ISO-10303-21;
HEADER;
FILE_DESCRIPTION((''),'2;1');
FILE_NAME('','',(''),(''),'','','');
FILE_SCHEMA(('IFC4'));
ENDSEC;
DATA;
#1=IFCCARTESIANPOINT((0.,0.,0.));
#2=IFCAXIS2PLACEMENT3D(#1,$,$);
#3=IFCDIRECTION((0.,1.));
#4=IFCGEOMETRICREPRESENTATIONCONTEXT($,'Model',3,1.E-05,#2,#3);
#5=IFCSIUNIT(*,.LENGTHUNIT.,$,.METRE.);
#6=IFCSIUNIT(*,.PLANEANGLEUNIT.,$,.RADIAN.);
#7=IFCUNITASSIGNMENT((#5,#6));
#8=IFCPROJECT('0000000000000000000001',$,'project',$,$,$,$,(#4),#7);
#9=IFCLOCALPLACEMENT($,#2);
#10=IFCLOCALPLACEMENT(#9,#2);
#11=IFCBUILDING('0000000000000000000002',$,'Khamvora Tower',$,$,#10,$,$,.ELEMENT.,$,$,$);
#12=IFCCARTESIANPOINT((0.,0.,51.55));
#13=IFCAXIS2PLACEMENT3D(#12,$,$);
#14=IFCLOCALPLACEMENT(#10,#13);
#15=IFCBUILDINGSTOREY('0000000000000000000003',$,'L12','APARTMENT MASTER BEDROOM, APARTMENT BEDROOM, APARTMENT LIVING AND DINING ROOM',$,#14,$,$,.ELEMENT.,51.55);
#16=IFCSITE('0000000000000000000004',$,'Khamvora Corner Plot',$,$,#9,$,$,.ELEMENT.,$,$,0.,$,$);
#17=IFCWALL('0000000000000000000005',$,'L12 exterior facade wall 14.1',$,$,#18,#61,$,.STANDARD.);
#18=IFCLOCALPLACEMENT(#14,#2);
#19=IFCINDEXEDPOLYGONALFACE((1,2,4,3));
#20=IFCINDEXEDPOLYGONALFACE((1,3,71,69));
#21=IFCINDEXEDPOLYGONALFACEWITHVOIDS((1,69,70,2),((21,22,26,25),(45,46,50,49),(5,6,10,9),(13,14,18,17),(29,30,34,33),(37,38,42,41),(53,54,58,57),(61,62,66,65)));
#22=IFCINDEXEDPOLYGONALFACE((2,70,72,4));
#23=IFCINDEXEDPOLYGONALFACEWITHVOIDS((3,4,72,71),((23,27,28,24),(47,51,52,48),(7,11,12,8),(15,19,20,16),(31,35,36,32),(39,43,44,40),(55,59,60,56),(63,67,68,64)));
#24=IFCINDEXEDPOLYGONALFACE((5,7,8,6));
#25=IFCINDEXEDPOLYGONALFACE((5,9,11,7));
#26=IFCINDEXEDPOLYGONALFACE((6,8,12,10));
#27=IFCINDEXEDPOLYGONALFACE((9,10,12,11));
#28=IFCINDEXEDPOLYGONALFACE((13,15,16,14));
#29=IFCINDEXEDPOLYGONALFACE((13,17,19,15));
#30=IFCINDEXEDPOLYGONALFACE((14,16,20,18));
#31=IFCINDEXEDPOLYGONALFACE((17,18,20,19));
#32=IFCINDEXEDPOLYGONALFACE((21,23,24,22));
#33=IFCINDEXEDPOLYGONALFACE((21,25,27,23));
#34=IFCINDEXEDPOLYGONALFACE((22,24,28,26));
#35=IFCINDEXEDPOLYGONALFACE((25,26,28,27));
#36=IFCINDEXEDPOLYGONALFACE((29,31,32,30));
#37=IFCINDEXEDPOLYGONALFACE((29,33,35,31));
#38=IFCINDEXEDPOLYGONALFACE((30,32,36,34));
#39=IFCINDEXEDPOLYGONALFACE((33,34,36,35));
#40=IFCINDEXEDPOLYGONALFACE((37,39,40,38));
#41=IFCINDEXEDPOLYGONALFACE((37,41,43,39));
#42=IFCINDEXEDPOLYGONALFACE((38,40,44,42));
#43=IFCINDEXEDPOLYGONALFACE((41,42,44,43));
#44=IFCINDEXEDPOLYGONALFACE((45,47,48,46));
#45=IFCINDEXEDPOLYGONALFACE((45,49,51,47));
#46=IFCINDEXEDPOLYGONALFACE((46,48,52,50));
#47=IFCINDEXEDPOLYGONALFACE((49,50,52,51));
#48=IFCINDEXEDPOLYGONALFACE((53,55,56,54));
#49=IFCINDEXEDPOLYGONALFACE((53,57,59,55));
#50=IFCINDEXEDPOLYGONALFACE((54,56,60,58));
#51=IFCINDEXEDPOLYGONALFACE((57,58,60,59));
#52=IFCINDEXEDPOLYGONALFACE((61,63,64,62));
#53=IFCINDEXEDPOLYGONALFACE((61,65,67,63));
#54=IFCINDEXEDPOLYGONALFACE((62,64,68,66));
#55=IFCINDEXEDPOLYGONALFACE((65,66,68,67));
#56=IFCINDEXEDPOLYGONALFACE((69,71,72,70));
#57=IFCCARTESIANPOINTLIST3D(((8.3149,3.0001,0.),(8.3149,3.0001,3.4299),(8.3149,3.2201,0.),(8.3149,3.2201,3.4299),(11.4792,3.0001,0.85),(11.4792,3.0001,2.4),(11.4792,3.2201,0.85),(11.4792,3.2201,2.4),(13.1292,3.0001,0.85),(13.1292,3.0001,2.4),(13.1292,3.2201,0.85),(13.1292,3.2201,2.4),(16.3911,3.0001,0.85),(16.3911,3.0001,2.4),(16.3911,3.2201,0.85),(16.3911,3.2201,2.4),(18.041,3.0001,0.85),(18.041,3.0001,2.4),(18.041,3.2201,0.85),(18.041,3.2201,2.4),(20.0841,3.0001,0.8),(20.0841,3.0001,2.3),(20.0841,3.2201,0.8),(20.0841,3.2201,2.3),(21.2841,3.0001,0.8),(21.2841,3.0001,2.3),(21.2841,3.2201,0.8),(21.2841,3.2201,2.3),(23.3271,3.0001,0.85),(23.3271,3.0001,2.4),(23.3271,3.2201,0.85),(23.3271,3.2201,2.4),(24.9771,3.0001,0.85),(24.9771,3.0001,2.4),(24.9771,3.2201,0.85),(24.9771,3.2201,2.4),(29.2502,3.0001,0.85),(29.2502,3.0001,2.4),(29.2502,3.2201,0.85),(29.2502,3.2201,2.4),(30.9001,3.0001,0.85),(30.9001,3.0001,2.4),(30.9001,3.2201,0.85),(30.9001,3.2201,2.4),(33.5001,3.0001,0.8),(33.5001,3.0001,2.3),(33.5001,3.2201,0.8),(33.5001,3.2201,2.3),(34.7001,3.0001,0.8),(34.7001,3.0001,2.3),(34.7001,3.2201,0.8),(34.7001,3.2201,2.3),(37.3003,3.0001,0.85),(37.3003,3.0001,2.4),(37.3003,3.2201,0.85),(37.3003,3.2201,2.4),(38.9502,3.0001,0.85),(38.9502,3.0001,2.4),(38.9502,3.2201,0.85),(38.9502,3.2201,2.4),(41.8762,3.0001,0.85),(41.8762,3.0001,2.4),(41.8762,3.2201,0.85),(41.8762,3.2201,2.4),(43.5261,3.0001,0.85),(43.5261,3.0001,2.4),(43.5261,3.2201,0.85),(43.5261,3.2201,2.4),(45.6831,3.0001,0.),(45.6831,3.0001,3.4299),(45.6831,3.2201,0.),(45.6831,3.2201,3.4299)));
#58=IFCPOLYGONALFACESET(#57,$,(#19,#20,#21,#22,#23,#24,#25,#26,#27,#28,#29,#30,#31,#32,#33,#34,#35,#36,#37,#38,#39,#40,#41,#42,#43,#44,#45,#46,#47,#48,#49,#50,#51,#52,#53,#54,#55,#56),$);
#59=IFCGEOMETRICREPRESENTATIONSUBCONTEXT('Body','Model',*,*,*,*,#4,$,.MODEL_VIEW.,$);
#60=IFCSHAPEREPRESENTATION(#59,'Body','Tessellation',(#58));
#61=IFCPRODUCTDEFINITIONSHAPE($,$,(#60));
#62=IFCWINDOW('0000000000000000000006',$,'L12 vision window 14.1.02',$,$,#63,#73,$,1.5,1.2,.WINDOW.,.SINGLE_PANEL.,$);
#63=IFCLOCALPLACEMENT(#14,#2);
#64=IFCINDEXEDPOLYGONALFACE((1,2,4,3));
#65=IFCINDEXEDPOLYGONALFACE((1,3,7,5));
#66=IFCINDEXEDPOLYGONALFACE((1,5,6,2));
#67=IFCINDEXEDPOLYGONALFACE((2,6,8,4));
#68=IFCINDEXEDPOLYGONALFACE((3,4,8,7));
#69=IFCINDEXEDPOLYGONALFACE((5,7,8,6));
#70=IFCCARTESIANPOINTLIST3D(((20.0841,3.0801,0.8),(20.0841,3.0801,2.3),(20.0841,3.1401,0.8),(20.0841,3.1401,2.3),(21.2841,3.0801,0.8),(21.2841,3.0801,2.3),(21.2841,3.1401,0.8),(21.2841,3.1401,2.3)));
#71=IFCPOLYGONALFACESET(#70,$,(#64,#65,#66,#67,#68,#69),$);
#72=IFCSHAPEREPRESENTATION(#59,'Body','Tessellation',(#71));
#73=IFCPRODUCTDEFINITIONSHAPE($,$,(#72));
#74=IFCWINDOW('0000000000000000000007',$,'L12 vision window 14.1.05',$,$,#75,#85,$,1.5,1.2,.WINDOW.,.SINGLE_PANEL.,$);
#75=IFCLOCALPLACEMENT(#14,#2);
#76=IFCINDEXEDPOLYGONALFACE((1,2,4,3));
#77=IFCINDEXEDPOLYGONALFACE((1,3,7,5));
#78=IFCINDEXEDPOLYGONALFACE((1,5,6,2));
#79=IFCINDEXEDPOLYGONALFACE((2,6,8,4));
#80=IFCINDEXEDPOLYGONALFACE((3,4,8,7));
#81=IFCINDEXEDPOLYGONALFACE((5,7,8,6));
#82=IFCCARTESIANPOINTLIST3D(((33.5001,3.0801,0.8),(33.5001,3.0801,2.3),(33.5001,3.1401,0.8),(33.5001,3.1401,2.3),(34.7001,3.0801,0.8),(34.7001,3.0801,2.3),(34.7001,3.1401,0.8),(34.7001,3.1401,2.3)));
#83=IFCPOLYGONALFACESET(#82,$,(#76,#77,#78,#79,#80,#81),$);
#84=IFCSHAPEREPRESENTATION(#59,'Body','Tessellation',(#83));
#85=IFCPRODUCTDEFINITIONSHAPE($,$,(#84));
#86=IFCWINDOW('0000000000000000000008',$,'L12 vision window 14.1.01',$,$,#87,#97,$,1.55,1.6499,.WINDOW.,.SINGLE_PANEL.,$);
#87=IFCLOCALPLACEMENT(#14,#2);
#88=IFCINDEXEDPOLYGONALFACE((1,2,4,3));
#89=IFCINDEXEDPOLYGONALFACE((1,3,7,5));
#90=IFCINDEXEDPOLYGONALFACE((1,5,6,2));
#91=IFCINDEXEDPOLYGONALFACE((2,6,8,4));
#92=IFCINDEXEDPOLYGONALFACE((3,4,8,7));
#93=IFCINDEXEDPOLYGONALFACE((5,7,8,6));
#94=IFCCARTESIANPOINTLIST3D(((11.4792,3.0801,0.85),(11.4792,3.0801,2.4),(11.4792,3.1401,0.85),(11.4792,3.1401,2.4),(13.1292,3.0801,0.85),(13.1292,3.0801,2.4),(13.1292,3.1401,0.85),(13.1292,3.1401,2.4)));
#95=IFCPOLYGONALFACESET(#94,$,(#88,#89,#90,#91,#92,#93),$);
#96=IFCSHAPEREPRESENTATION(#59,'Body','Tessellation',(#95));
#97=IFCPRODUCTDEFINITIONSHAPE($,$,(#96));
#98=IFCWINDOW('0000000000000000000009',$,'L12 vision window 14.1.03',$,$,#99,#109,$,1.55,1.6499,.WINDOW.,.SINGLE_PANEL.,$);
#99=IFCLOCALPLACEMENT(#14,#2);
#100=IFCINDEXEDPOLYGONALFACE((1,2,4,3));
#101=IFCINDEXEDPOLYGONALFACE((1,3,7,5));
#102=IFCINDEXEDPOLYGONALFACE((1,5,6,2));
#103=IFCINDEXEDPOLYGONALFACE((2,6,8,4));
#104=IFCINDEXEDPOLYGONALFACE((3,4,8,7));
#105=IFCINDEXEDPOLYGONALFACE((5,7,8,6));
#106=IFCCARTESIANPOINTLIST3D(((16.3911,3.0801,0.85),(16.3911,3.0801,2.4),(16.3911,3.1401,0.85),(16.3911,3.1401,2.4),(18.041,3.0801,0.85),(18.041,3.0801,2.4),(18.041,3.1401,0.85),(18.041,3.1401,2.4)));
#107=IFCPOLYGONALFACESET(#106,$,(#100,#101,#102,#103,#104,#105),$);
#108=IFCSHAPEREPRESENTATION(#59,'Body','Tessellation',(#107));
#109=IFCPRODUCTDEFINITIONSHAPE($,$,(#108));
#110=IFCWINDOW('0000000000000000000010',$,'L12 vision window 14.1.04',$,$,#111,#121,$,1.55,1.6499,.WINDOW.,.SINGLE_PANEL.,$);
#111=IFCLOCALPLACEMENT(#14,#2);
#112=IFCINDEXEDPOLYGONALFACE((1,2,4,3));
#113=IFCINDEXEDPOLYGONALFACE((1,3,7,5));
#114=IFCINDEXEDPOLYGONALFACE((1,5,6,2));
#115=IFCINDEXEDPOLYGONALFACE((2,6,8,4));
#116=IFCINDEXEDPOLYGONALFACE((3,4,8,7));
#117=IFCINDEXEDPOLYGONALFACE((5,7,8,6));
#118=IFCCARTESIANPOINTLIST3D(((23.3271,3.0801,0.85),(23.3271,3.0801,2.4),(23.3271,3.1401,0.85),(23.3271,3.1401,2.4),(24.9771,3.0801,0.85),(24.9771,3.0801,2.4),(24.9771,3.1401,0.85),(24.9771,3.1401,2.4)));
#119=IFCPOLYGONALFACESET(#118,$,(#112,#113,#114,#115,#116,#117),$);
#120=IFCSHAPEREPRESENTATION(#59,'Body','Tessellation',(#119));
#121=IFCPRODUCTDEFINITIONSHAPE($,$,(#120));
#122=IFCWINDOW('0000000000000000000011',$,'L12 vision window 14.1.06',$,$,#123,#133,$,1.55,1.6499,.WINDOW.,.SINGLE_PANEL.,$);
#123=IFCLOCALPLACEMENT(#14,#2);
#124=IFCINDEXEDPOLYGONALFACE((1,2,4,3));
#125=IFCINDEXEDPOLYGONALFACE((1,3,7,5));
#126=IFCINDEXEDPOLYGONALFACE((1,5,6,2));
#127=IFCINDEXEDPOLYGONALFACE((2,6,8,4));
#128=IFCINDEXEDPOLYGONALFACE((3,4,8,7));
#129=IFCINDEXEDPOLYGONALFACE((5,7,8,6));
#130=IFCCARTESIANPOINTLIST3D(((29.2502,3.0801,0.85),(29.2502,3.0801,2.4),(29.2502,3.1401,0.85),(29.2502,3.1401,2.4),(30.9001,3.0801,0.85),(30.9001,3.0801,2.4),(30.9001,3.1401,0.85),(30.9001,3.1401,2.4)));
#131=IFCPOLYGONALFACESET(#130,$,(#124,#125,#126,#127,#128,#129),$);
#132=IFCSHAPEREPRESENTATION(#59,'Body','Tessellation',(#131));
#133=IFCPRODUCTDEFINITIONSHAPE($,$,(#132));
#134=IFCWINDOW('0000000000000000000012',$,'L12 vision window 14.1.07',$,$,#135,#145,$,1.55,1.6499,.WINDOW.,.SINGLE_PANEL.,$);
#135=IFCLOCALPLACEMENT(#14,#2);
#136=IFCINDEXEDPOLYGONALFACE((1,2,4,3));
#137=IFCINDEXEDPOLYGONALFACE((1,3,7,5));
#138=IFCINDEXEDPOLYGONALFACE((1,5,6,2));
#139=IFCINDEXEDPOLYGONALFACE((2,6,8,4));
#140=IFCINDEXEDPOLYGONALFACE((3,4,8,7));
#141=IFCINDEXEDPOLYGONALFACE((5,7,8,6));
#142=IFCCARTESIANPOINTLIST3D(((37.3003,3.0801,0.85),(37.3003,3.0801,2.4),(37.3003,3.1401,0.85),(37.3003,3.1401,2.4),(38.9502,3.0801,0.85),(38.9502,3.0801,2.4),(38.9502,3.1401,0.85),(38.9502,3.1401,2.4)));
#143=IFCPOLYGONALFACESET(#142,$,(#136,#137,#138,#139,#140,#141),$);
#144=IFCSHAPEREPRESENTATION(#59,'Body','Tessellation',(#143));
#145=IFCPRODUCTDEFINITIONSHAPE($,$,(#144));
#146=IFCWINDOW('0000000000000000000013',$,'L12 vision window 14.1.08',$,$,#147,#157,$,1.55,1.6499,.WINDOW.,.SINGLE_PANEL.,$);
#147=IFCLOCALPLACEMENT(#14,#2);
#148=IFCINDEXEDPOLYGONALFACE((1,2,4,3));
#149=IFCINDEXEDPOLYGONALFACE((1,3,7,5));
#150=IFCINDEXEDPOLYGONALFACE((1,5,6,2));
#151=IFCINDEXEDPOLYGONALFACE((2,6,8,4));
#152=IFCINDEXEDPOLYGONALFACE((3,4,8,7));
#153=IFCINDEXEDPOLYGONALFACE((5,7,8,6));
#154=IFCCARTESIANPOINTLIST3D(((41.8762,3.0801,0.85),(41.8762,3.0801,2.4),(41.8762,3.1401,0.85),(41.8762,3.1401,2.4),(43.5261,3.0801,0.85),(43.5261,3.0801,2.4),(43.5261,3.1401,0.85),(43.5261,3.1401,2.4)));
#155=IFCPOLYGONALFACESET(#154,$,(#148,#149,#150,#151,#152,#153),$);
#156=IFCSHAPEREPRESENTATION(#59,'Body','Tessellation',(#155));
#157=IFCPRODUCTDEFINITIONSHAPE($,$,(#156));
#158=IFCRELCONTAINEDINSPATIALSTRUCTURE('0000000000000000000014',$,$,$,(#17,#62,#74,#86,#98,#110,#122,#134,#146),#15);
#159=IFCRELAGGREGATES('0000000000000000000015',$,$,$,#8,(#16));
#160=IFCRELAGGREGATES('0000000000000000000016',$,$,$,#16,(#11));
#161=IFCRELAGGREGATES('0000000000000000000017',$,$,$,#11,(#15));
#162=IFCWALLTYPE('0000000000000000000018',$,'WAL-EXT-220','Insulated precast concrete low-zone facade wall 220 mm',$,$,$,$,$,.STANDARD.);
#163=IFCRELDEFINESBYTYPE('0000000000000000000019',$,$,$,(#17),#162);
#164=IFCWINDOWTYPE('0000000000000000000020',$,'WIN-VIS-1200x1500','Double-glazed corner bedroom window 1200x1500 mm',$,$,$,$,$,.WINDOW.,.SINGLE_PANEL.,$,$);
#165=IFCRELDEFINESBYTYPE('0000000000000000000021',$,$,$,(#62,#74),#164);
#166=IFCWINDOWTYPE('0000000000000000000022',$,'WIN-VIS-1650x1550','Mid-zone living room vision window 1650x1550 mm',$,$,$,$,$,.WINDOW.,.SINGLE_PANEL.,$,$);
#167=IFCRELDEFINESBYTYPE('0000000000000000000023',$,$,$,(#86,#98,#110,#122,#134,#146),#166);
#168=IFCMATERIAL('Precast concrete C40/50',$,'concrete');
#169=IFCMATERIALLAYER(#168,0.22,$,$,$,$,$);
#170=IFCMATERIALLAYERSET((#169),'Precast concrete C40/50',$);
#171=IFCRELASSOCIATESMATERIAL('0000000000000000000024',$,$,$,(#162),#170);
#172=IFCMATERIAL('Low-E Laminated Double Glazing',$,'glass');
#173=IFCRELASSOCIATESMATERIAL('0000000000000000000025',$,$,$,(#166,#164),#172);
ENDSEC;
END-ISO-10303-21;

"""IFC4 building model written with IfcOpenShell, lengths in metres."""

from ifc_helpers import new_model, si_unit, direction, frame, frame_2d, origin, place, context, subcontext, project, spatial, rectangle, extrude, material, layer, layer_set, type_object, element, fill, save


model = new_model("IFC4")

# Units and contexts
model_context = context("Model", 3, precision=1e-05, world=origin(), true_north=direction((0.0, 1.0)))
body_context = subcontext(model_context, "Body", "Model", "MODEL_VIEW")
ifc_project = project(units=[si_unit("LENGTHUNIT", "METRE"), si_unit("PLANEANGLEUNIT", "RADIAN")], contexts=[model_context])

# Site, building, storey
site_placement = place(None, origin())
site = spatial("IfcSite", under=ifc_project, at=site_placement, Name="Khamvora Corner Plot", CompositionType="ELEMENT", RefElevation=0.0)
building_placement = place(site_placement, origin())
building = spatial("IfcBuilding", under=site, at=building_placement, Name="Khamvora Tower", CompositionType="ELEMENT")
storey_placement = place(building_placement, frame((0.0, 0.0, 51.55)))
storey = spatial("IfcBuildingStorey", under=building, at=storey_placement, Name="L12", Description="APARTMENT MASTER BEDROOM, APARTMENT BEDROOM, APARTMENT LIVING AND DINING ROOM", CompositionType="ELEMENT", Elevation=51.55)

# Shared definitions
ifc_material_1 = material(Name="Precast concrete C40/50", Category="concrete")
ifc_layer_1 = layer(ifc_material_1, 0.22)
ifc_layer_set_1 = layer_set([ifc_layer_1], Name="Precast concrete C40/50")
wall_type_1 = type_object("IfcWallType", Name="WAL-EXT-220", Description="Insulated precast concrete low-zone facade wall 220 mm", PredefinedType="STANDARD", material=ifc_layer_set_1)
ifc_material_2 = material(Name="Low-E Laminated Double Glazing", Category="glass")
window_type_1 = type_object("IfcWindowType", Name="WIN-VIS-1650x1550", Description="Mid-zone living room vision window 1650x1550 mm", PartitioningType="SINGLE_PANEL", PredefinedType="WINDOW", material=ifc_material_2)

# Wall, openings, windows
wall_1_placement = place(storey_placement, frame((45.6831, 3.1101, 0.0), z_axis=(0.0, 0.0, 1.0), x_axis=(-1.0, 0.0, 0.0)))
wall_1 = element("IfcWall", 1, at=wall_1_placement, inside=storey, type_object=wall_type_1, Name="L12 exterior facade wall 14.1", PredefinedType="STANDARD", context=body_context, shape_type="SweptSolid", body=[
    extrude(rectangle(XDim=37.3682, YDim=0.22, at=frame_2d((18.6841, 0.0))), origin(), (0.0, 0.0, 1.0), 3.4299),
])
opening_1_placement = place(wall_1_placement, frame((32.554, 0.0, 0.8501)))
opening_1 = element("IfcOpeningElement", 2, at=opening_1_placement, cuts=wall_1, PredefinedType="OPENING", context=body_context, shape_type="SweptSolid", body=[
    extrude(rectangle(XDim=1.6499, YDim=1.55, at=frame_2d((0.825, 0.7749))), frame((0.0, 0.1199, 0.0), z_axis=(0.0, -1.0, 0.0), x_axis=(1.0, 0.0, 0.0)), (0.0, 0.0, 1.0), 0.24),
])
opening_2_placement = place(wall_1_placement, frame((24.3989, 0.0, 0.8)))
opening_2 = element("IfcOpeningElement", 3, at=opening_2_placement, cuts=wall_1, PredefinedType="OPENING", context=body_context, shape_type="SweptSolid", body=[
    extrude(rectangle(XDim=1.2, YDim=1.5, at=frame_2d((0.6001, 0.75))), frame((0.0, 0.1199, 0.0), z_axis=(0.0, -1.0, 0.0), x_axis=(1.0, 0.0, 0.0)), (0.0, 0.0, 1.0), 0.24),
])
opening_3_placement = place(wall_1_placement, frame((27.6421, 0.0, 0.8501)))
opening_3 = element("IfcOpeningElement", 4, at=opening_3_placement, cuts=wall_1, PredefinedType="OPENING", context=body_context, shape_type="SweptSolid", body=[
    extrude(rectangle(XDim=1.6499, YDim=1.55, at=frame_2d((0.825, 0.7749))), frame((0.0, 0.1199, 0.0), z_axis=(0.0, -1.0, 0.0), x_axis=(1.0, 0.0, 0.0)), (0.0, 0.0, 1.0), 0.24),
])
opening_4_placement = place(wall_1_placement, frame((20.7061, 0.0, 0.8501)))
opening_4 = element("IfcOpeningElement", 5, at=opening_4_placement, cuts=wall_1, PredefinedType="OPENING", context=body_context, shape_type="SweptSolid", body=[
    extrude(rectangle(XDim=1.6499, YDim=1.55, at=frame_2d((0.825, 0.7749))), frame((0.0, 0.1199, 0.0), z_axis=(0.0, -1.0, 0.0), x_axis=(1.0, 0.0, 0.0)), (0.0, 0.0, 1.0), 0.24),
])
opening_5_placement = place(wall_1_placement, frame((10.9829, 0.0, 0.8)))
opening_5 = element("IfcOpeningElement", 6, at=opening_5_placement, cuts=wall_1, PredefinedType="OPENING", context=body_context, shape_type="SweptSolid", body=[
    extrude(rectangle(XDim=1.2, YDim=1.5, at=frame_2d((0.6001, 0.75))), frame((0.0, 0.1199, 0.0), z_axis=(0.0, -1.0, 0.0), x_axis=(1.0, 0.0, 0.0)), (0.0, 0.0, 1.0), 0.24),
])
opening_6_placement = place(wall_1_placement, frame((14.783, 0.0, 0.8501)))
opening_6 = element("IfcOpeningElement", 7, at=opening_6_placement, cuts=wall_1, PredefinedType="OPENING", context=body_context, shape_type="SweptSolid", body=[
    extrude(rectangle(XDim=1.6499, YDim=1.55, at=frame_2d((0.825, 0.7749))), frame((0.0, 0.1199, 0.0), z_axis=(0.0, -1.0, 0.0), x_axis=(1.0, 0.0, 0.0)), (0.0, 0.0, 1.0), 0.24),
])
opening_7_placement = place(wall_1_placement, frame((6.7329, 0.0, 0.8501)))
opening_7 = element("IfcOpeningElement", 8, at=opening_7_placement, cuts=wall_1, PredefinedType="OPENING", context=body_context, shape_type="SweptSolid", body=[
    extrude(rectangle(XDim=1.6499, YDim=1.55, at=frame_2d((0.825, 0.7749))), frame((0.0, 0.1199, 0.0), z_axis=(0.0, -1.0, 0.0), x_axis=(1.0, 0.0, 0.0)), (0.0, 0.0, 1.0), 0.24),
])
opening_8_placement = place(wall_1_placement, frame((2.157, 0.0, 0.8501)))
opening_8 = element("IfcOpeningElement", 9, at=opening_8_placement, cuts=wall_1, PredefinedType="OPENING", context=body_context, shape_type="SweptSolid", body=[
    extrude(rectangle(XDim=1.6499, YDim=1.55, at=frame_2d((0.825, 0.7749))), frame((0.0, 0.1199, 0.0), z_axis=(0.0, -1.0, 0.0), x_axis=(1.0, 0.0, 0.0)), (0.0, 0.0, 1.0), 0.24),
])
window_type_2 = type_object("IfcWindowType", Name="WIN-VIS-1200x1500", Description="Double-glazed corner bedroom window 1200x1500 mm", PartitioningType="SINGLE_PANEL", PredefinedType="WINDOW", material=ifc_material_2)
window_1_placement = place(opening_2_placement, origin())
window_1 = element("IfcWindow", 10, at=window_1_placement, inside=storey, type_object=window_type_2, Name="L12 vision window 14.1.02", OverallHeight=1.5, OverallWidth=1.2, PartitioningType="SINGLE_PANEL", PredefinedType="WINDOW", context=body_context, shape_type="SweptSolid", body=[
    extrude(rectangle(XDim=1.2, YDim=1.5, at=frame_2d((0.6001, 0.75))), frame((0.0, 0.03, 0.0), z_axis=(0.0, -1.0, 0.0), x_axis=(1.0, 0.0, 0.0)), (0.0, 0.0, 1.0), 0.0601),
])
fill(opening_2, window_1)
window_2_placement = place(opening_5_placement, origin())
window_2 = element("IfcWindow", 11, at=window_2_placement, inside=storey, type_object=window_type_2, Name="L12 vision window 14.1.05", OverallHeight=1.5, OverallWidth=1.2, PartitioningType="SINGLE_PANEL", PredefinedType="WINDOW", context=body_context, shape_type="SweptSolid", body=[
    extrude(rectangle(XDim=1.2, YDim=1.5, at=frame_2d((0.6001, 0.75))), frame((0.0, 0.03, 0.0), z_axis=(0.0, -1.0, 0.0), x_axis=(1.0, 0.0, 0.0)), (0.0, 0.0, 1.0), 0.0601),
])
fill(opening_5, window_2)
window_3_placement = place(opening_1_placement, origin())
window_3 = element("IfcWindow", 12, at=window_3_placement, inside=storey, type_object=window_type_1, Name="L12 vision window 14.1.01", OverallHeight=1.55, OverallWidth=1.6499, PartitioningType="SINGLE_PANEL", PredefinedType="WINDOW", context=body_context, shape_type="SweptSolid", body=[
    extrude(rectangle(XDim=1.6499, YDim=1.55, at=frame_2d((0.825, 0.7749))), frame((0.0, 0.03, 0.0), z_axis=(0.0, -1.0, 0.0), x_axis=(1.0, 0.0, 0.0)), (0.0, 0.0, 1.0), 0.0601),
])
fill(opening_1, window_3)
window_4_placement = place(opening_3_placement, origin())
window_4 = element("IfcWindow", 13, at=window_4_placement, inside=storey, type_object=window_type_1, Name="L12 vision window 14.1.03", OverallHeight=1.55, OverallWidth=1.6499, PartitioningType="SINGLE_PANEL", PredefinedType="WINDOW", context=body_context, shape_type="SweptSolid", body=[
    extrude(rectangle(XDim=1.6499, YDim=1.55, at=frame_2d((0.825, 0.7749))), frame((0.0, 0.03, 0.0), z_axis=(0.0, -1.0, 0.0), x_axis=(1.0, 0.0, 0.0)), (0.0, 0.0, 1.0), 0.0601),
])
fill(opening_3, window_4)
window_5_placement = place(opening_4_placement, origin())
window_5 = element("IfcWindow", 14, at=window_5_placement, inside=storey, type_object=window_type_1, Name="L12 vision window 14.1.04", OverallHeight=1.55, OverallWidth=1.6499, PartitioningType="SINGLE_PANEL", PredefinedType="WINDOW", context=body_context, shape_type="SweptSolid", body=[
    extrude(rectangle(XDim=1.6499, YDim=1.55, at=frame_2d((0.825, 0.7749))), frame((0.0, 0.03, 0.0), z_axis=(0.0, -1.0, 0.0), x_axis=(1.0, 0.0, 0.0)), (0.0, 0.0, 1.0), 0.0601),
])
fill(opening_4, window_5)
window_6_placement = place(opening_6_placement, origin())
window_6 = element("IfcWindow", 15, at=window_6_placement, inside=storey, type_object=window_type_1, Name="L12 vision window 14.1.06", OverallHeight=1.55, OverallWidth=1.6499, PartitioningType="SINGLE_PANEL", PredefinedType="WINDOW", context=body_context, shape_type="SweptSolid", body=[
    extrude(rectangle(XDim=1.6499, YDim=1.55, at=frame_2d((0.825, 0.7749))), frame((0.0, 0.03, 0.0), z_axis=(0.0, -1.0, 0.0), x_axis=(1.0, 0.0, 0.0)), (0.0, 0.0, 1.0), 0.0601),
])
fill(opening_6, window_6)
window_7_placement = place(opening_7_placement, origin())
window_7 = element("IfcWindow", 16, at=window_7_placement, inside=storey, type_object=window_type_1, Name="L12 vision window 14.1.07", OverallHeight=1.55, OverallWidth=1.6499, PartitioningType="SINGLE_PANEL", PredefinedType="WINDOW", context=body_context, shape_type="SweptSolid", body=[
    extrude(rectangle(XDim=1.6499, YDim=1.55, at=frame_2d((0.825, 0.7749))), frame((0.0, 0.03, 0.0), z_axis=(0.0, -1.0, 0.0), x_axis=(1.0, 0.0, 0.0)), (0.0, 0.0, 1.0), 0.0601),
])
fill(opening_7, window_7)
window_8_placement = place(opening_8_placement, origin())
window_8 = element("IfcWindow", 17, at=window_8_placement, inside=storey, type_object=window_type_1, Name="L12 vision window 14.1.08", OverallHeight=1.55, OverallWidth=1.6499, PartitioningType="SINGLE_PANEL", PredefinedType="WINDOW", context=body_context, shape_type="SweptSolid", body=[
    extrude(rectangle(XDim=1.6499, YDim=1.55, at=frame_2d((0.825, 0.7749))), frame((0.0, 0.03, 0.0), z_axis=(0.0, -1.0, 0.0), x_axis=(1.0, 0.0, 0.0)), (0.0, 0.0, 1.0), 0.0601),
])
fill(opening_8, window_8)

save(model, "model.ifc")
